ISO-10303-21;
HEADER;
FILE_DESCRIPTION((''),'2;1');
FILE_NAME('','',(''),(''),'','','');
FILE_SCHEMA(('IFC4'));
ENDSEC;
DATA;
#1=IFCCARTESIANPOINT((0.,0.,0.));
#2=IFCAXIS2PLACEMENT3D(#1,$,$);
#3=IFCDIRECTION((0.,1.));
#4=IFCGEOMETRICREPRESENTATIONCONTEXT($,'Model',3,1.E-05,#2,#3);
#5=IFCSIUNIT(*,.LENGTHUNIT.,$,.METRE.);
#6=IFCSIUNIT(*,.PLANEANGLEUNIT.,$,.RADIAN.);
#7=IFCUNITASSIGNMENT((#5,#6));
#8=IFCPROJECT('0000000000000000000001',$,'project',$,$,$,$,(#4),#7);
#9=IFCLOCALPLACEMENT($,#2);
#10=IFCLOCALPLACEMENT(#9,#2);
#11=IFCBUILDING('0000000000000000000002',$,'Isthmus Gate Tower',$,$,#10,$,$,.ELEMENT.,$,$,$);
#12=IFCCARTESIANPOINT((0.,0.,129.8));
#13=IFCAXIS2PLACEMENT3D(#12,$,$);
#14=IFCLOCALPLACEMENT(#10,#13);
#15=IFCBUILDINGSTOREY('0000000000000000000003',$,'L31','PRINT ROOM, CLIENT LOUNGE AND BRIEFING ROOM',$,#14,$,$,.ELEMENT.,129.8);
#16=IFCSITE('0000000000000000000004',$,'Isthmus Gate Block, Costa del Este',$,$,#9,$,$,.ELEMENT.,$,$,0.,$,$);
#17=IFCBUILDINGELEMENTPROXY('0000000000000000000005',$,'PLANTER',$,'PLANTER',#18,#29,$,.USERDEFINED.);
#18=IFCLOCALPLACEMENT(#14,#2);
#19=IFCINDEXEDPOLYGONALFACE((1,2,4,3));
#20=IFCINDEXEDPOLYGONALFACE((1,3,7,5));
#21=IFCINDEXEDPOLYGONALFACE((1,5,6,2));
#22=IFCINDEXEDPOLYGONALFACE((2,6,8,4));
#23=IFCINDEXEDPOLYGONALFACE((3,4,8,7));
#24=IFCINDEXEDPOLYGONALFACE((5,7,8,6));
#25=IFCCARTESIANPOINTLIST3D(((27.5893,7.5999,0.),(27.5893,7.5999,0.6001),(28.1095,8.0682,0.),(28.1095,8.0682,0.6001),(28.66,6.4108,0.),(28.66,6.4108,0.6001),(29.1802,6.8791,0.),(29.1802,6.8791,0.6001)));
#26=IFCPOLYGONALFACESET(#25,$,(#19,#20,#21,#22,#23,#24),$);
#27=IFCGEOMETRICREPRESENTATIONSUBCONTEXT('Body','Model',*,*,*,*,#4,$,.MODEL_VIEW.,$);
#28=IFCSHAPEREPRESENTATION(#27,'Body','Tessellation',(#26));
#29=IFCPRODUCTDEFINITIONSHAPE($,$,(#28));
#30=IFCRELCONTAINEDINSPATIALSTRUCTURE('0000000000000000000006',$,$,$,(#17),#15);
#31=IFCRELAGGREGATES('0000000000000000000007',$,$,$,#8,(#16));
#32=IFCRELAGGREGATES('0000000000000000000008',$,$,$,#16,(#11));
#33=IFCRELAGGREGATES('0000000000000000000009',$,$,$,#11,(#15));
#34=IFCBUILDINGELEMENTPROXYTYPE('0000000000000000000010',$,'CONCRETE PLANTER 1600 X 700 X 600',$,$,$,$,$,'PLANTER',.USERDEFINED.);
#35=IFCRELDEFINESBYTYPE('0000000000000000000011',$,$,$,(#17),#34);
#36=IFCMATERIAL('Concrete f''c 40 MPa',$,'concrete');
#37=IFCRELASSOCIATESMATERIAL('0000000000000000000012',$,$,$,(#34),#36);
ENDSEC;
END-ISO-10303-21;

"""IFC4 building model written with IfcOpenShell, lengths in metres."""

from ifc_helpers import new_model, si_unit, direction, frame, origin, origin_2d, place, context, subcontext, project, spatial, rectangle, extrude, material, type_object, element, save


model = new_model("IFC4")

# Units and contexts
model_context = context("Model", 3, precision=1e-05, world=origin(), true_north=direction((0.0, 1.0)))
body_context = subcontext(model_context, "Body", "Model", "MODEL_VIEW")
ifc_project = project(units=[si_unit("LENGTHUNIT", "METRE"), si_unit("PLANEANGLEUNIT", "RADIAN")], contexts=[model_context])

# Site, building, storey
site_placement = place(None, origin())
site = spatial("IfcSite", under=ifc_project, at=site_placement, Name="Isthmus Gate Block, Costa del Este", CompositionType="ELEMENT", RefElevation=0.0)
building_placement = place(site_placement, origin())
building = spatial("IfcBuilding", under=site, at=building_placement, Name="Isthmus Gate Tower", CompositionType="ELEMENT")
storey_placement = place(building_placement, frame((0.0, 0.0, 129.8)))
storey = spatial("IfcBuildingStorey", under=building, at=storey_placement, Name="L31", Description="PRINT ROOM, CLIENT LOUNGE AND BRIEFING ROOM", CompositionType="ELEMENT", Elevation=129.8)

# Building element proxy
ifc_material_1 = material(Name="Concrete f'c 40 MPa", Category="concrete")
building_element_proxy_type = type_object("IfcBuildingElementProxyType", Name="CONCRETE PLANTER 1600 X 700 X 600", ElementType="PLANTER", PredefinedType="USERDEFINED", material=ifc_material_1)
for number, where, z_axis, x_axis, name in (
    (1, (28.3848, 7.2395, 0.0), (0.0, 0.0, 1.0), (-0.669131, 0.743145, 0.0), "PLANTER"),
):
    element("IfcBuildingElementProxy", number, at=place(storey_placement, frame(where, z_axis=z_axis, x_axis=x_axis)), inside=storey, type_object=building_element_proxy_type, Name=name, ObjectType="PLANTER", PredefinedType="USERDEFINED", context=body_context, shape_type="SweptSolid", body=[
        extrude(rectangle(XDim=1.6001, YDim=0.7, at=origin_2d()), origin(), (0.0, 0.0, 1.0), 0.6001),
    ])

save(model, "model.ifc")
